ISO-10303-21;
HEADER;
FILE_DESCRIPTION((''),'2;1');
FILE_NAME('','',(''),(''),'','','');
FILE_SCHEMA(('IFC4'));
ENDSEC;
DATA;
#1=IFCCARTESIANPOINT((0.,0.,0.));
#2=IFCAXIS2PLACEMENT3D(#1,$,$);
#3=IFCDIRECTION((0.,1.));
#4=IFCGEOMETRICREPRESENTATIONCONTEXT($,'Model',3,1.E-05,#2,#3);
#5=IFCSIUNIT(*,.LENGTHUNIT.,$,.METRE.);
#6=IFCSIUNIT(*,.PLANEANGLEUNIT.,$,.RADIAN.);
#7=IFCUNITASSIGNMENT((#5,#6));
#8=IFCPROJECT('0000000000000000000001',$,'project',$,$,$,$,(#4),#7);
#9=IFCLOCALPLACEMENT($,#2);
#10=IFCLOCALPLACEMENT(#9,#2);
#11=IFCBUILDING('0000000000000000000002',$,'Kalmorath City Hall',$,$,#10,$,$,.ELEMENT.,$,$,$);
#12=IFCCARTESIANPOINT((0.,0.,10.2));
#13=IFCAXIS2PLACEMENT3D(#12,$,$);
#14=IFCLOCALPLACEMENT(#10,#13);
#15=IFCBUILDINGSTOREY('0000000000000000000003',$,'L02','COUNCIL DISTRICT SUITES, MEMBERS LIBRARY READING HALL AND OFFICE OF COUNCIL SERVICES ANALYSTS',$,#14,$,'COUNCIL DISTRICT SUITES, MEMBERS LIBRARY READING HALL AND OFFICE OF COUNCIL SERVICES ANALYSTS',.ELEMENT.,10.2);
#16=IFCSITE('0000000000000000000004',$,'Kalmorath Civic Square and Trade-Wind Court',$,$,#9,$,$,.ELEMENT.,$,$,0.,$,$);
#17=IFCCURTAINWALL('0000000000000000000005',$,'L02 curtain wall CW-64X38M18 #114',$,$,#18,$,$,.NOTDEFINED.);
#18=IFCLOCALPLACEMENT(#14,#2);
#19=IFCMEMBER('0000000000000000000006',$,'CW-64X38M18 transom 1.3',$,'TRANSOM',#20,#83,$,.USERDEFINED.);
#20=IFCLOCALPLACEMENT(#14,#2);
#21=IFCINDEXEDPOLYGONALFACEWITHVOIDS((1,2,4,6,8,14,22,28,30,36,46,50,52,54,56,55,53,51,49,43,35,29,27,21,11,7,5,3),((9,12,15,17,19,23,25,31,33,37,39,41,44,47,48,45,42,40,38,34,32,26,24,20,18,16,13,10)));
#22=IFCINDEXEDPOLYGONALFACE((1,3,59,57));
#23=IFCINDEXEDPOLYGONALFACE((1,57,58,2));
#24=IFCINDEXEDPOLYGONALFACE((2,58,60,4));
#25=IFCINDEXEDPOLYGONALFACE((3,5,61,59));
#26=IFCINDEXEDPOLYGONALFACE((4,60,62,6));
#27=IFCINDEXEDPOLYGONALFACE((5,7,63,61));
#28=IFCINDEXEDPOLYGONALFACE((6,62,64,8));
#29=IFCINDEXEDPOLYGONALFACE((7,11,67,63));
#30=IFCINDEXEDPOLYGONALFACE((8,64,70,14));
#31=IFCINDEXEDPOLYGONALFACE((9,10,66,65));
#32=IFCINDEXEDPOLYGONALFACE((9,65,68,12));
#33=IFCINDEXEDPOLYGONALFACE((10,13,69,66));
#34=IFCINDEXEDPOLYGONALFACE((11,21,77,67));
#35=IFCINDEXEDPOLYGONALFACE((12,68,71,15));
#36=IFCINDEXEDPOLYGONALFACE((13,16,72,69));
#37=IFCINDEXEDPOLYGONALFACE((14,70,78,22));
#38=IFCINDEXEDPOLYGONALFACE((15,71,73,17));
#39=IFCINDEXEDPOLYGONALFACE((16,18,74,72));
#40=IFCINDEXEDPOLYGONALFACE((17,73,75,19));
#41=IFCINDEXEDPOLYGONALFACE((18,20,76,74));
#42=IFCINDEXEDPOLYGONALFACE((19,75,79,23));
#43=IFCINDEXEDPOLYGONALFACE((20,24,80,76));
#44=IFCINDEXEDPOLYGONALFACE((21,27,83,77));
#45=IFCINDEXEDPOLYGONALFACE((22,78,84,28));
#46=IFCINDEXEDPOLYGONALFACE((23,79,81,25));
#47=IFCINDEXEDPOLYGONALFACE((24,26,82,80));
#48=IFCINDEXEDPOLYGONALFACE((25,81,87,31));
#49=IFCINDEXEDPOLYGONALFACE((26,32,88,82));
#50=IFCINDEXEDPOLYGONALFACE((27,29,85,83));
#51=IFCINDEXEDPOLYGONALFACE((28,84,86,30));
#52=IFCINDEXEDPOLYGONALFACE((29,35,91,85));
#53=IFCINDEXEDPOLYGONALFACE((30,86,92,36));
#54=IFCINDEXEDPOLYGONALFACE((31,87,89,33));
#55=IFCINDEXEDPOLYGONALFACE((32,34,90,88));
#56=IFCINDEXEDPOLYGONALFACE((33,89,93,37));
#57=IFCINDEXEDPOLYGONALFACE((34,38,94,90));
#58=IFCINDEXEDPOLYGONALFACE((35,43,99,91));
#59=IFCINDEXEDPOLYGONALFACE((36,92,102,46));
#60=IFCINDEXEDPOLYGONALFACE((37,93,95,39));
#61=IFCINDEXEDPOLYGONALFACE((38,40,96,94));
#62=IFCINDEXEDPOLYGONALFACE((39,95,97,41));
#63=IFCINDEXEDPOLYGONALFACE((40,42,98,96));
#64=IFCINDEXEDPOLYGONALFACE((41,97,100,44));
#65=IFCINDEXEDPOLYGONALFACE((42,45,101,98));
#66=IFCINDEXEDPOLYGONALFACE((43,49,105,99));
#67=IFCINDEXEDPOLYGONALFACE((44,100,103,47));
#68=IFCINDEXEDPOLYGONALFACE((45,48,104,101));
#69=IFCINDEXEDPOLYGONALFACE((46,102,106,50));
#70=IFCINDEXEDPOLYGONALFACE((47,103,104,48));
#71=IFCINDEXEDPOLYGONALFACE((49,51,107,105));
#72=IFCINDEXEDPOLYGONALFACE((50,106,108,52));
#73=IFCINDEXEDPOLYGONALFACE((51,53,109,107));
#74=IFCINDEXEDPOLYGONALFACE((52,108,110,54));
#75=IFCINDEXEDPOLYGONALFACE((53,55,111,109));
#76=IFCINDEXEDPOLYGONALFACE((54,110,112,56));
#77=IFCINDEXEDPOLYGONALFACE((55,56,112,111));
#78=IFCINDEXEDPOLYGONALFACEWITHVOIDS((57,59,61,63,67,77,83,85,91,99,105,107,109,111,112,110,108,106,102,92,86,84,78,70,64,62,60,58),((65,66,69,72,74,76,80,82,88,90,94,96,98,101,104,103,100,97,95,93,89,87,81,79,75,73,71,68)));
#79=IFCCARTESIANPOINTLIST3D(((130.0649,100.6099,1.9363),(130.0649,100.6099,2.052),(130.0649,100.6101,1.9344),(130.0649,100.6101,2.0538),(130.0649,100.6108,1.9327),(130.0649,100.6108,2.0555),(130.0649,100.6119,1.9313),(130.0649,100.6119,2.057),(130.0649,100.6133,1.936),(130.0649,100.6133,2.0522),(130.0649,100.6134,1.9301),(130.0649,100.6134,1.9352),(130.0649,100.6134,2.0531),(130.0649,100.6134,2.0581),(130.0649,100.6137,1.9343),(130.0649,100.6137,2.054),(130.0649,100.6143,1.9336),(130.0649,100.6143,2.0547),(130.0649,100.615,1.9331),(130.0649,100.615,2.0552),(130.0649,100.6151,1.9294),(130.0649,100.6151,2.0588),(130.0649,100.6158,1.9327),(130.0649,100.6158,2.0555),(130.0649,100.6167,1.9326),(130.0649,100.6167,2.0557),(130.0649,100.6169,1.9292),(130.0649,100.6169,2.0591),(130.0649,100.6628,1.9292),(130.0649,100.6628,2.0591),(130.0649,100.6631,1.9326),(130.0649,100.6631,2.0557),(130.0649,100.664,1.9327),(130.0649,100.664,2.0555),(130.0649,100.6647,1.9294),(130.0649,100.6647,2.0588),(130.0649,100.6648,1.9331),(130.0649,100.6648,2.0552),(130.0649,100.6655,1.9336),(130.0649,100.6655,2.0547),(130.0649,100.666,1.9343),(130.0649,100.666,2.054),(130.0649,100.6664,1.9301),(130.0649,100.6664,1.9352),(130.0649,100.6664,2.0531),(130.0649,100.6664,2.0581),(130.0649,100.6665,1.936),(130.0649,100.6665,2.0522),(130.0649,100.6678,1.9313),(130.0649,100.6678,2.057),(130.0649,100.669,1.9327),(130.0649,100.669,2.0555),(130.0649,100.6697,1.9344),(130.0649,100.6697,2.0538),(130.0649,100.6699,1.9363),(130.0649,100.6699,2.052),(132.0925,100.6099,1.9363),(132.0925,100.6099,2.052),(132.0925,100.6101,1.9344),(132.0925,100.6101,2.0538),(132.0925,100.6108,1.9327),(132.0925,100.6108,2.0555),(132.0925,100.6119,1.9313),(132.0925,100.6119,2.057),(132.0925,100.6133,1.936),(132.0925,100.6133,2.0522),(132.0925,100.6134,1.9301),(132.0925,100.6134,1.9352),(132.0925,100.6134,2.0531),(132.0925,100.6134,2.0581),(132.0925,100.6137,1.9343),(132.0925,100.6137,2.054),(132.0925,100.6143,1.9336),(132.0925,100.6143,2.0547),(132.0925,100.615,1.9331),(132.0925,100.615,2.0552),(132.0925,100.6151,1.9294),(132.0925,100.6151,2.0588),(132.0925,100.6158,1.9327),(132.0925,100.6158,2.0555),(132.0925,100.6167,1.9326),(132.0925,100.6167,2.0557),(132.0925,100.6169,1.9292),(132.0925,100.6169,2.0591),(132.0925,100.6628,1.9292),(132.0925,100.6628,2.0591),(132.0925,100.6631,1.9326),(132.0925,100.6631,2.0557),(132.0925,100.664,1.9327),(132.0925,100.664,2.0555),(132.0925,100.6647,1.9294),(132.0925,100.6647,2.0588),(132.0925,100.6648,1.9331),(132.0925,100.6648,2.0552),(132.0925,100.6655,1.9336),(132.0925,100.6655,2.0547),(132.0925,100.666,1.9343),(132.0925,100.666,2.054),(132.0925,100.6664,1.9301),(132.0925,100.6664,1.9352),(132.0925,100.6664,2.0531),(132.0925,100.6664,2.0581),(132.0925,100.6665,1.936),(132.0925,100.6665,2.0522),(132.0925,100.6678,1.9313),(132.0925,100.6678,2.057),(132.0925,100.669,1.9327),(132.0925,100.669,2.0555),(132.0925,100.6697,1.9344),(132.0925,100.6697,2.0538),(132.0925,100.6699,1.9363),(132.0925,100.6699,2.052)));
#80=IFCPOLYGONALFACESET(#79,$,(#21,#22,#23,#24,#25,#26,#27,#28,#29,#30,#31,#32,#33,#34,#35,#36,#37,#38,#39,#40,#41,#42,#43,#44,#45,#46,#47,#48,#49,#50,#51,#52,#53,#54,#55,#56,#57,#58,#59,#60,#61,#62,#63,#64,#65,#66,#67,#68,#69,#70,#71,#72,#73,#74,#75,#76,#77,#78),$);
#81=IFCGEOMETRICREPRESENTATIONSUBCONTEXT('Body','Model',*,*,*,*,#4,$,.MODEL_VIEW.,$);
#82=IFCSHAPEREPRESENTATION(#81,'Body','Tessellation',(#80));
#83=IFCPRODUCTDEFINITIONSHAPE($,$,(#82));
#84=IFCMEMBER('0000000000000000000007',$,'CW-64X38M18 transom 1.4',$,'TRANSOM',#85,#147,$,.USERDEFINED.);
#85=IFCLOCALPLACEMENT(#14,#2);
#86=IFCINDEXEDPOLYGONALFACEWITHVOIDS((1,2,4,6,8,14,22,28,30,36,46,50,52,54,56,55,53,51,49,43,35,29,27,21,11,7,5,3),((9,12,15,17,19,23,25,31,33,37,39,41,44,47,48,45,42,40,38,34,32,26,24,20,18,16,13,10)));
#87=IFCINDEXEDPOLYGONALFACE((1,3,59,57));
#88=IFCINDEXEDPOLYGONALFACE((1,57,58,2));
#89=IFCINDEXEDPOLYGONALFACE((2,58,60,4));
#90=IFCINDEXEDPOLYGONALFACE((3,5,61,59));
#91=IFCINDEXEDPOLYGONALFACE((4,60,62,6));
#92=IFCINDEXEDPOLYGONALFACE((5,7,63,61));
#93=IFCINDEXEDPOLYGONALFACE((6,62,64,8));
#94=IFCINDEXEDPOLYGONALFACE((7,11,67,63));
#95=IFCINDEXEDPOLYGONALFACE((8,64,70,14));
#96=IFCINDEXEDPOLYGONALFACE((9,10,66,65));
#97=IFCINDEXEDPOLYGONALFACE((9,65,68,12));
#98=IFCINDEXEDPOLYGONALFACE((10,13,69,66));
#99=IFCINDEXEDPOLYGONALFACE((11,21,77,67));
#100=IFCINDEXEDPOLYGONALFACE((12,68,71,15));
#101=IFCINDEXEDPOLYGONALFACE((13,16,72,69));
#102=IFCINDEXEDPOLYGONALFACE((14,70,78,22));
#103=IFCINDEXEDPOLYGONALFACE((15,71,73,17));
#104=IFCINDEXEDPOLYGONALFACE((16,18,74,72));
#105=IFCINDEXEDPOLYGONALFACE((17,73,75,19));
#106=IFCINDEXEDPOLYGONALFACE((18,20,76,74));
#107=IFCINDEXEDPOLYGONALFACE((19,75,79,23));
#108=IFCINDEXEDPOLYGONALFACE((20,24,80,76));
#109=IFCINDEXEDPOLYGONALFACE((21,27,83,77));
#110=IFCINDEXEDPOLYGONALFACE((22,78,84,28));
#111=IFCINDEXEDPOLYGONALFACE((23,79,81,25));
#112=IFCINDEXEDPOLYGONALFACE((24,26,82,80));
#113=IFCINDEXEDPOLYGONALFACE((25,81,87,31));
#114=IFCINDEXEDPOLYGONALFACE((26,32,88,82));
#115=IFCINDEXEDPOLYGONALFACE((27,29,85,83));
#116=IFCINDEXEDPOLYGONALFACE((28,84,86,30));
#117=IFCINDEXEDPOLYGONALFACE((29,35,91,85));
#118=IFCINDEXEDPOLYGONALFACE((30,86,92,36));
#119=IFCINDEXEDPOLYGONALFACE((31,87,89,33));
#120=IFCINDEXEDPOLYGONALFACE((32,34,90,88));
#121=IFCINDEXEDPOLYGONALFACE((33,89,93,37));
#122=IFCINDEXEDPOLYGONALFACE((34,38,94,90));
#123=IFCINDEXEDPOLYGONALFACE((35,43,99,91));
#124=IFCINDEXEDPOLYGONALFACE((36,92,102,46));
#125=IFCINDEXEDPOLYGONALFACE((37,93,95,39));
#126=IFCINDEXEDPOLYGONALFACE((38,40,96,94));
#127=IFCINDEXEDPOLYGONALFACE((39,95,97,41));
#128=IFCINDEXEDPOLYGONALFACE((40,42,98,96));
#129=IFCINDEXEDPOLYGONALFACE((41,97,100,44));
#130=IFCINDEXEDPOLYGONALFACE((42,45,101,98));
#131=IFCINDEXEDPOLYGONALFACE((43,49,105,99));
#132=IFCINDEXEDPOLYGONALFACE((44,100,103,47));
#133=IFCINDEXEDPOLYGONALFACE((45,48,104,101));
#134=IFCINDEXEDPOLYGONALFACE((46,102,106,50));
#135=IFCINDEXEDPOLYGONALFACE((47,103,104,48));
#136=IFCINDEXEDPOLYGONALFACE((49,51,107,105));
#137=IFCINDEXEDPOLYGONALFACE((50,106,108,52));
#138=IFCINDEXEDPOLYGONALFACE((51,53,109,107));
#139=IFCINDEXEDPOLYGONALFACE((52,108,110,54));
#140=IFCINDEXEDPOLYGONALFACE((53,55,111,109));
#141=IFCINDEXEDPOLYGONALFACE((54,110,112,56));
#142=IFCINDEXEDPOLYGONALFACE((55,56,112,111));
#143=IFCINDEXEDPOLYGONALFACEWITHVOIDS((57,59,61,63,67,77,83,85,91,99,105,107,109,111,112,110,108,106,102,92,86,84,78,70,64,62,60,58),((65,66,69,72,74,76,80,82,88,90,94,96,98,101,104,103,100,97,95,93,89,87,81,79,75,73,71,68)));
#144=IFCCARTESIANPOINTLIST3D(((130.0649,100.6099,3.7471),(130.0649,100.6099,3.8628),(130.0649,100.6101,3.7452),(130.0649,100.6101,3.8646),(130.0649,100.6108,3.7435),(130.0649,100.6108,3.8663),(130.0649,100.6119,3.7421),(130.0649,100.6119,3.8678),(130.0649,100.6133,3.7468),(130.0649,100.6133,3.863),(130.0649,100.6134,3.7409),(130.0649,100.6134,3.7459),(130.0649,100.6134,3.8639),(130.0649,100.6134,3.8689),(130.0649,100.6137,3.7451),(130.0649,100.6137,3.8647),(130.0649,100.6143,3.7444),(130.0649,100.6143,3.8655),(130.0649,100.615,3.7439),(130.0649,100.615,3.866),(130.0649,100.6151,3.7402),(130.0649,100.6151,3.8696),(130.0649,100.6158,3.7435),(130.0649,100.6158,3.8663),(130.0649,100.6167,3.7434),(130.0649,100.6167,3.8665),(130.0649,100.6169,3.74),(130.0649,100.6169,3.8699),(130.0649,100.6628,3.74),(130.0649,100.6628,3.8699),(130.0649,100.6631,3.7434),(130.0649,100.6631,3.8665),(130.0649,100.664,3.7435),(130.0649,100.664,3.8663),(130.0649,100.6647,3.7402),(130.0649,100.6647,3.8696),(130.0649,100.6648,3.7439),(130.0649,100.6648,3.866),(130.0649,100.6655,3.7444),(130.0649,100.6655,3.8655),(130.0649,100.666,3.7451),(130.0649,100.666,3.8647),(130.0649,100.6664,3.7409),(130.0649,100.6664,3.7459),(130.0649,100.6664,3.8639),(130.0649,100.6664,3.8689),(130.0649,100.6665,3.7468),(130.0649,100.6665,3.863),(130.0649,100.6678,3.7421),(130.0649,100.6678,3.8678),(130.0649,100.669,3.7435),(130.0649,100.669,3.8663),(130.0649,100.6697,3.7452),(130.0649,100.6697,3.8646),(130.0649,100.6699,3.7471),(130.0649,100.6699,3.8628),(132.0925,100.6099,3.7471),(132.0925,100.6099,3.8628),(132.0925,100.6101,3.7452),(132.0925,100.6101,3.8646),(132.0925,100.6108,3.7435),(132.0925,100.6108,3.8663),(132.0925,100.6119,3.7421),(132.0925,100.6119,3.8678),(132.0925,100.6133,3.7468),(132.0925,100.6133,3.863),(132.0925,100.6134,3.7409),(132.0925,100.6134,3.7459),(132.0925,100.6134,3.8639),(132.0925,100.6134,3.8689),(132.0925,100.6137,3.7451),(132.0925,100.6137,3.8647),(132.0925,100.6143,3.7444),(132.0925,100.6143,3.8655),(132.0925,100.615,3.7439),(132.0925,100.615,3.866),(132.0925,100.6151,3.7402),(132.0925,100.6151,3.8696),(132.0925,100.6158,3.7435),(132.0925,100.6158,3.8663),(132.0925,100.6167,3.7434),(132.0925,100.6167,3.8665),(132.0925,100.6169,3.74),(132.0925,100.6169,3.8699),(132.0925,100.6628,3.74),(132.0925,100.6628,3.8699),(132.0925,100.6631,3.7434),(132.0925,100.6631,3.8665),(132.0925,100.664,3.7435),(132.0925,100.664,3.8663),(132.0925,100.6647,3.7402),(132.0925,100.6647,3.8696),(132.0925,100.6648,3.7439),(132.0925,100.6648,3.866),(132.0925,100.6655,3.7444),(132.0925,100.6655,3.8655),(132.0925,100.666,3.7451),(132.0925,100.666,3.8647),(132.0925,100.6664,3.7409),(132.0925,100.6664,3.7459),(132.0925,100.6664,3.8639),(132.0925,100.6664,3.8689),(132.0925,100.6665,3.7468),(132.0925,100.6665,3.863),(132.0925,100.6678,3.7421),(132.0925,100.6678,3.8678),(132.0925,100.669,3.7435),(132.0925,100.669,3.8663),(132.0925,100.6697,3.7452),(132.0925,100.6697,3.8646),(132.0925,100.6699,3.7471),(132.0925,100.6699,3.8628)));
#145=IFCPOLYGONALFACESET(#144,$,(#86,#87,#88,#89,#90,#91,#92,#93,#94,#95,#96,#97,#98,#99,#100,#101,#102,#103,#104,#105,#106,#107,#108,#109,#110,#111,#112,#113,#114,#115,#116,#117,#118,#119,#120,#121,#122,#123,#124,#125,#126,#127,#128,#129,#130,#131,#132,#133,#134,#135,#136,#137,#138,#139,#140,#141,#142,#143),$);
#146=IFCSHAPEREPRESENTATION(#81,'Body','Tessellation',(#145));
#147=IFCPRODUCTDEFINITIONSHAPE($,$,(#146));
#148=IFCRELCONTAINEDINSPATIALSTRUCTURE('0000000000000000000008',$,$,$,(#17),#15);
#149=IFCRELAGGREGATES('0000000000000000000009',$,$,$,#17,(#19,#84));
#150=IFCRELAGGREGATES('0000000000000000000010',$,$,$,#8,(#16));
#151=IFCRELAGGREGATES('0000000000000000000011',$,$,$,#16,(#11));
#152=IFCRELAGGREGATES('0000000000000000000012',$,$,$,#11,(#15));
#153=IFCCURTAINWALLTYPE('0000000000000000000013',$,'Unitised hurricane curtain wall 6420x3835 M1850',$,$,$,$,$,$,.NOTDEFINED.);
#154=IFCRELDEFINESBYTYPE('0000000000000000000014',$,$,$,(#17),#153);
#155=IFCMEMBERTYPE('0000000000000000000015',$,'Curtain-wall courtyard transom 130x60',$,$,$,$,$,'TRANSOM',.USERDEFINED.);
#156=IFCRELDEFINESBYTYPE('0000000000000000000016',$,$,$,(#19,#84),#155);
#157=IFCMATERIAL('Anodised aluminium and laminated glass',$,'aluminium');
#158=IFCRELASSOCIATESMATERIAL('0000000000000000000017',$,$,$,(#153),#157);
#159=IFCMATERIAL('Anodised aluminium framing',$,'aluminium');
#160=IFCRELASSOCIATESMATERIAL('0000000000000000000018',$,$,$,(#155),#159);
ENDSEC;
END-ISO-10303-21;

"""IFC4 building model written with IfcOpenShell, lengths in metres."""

from ifc_helpers import new_model, si_unit, direction, frame, origin, origin_2d, place, context, subcontext, project, spatial, hollow_rectangle, extrude, material, material_profile, profile_set, type_object, element, aggregate, save


model = new_model("IFC4")

# Units and contexts
model_context = context("Model", 3, precision=1e-05, world=origin(), true_north=direction((0.0, 1.0)))
body_context = subcontext(model_context, "Body", "Model", "MODEL_VIEW")
ifc_project = project(units=[si_unit("LENGTHUNIT", "METRE"), si_unit("PLANEANGLEUNIT", "RADIAN")], contexts=[model_context])

# Site, building, storey
site_placement = place(None, origin())
site = spatial("IfcSite", under=ifc_project, at=site_placement, Name="Kalmorath Civic Square and Trade-Wind Court", CompositionType="ELEMENT", RefElevation=0.0)
building_placement = place(site_placement, origin())
building = spatial("IfcBuilding", under=site, at=building_placement, Name="Kalmorath City Hall", CompositionType="ELEMENT")
storey_placement = place(building_placement, frame((0.0, 0.0, 10.2)))
storey = spatial("IfcBuildingStorey", under=building, at=storey_placement, Name="L02", Description="COUNCIL DISTRICT SUITES, MEMBERS LIBRARY READING HALL AND OFFICE OF COUNCIL SERVICES ANALYSTS", LongName="COUNCIL DISTRICT SUITES, MEMBERS LIBRARY READING HALL AND OFFICE OF COUNCIL SERVICES ANALYSTS", CompositionType="ELEMENT", Elevation=10.2)

# Curtain wall, members
ifc_material_1 = material(Name="Anodised aluminium and laminated glass", Category="aluminium")
curtain_wall_type = type_object("IfcCurtainWallType", Name="Unitised hurricane curtain wall 6420x3835 M1850", PredefinedType="NOTDEFINED", material=ifc_material_1)
curtain_wall_placement = place(storey_placement, origin())
curtain_wall = element("IfcCurtainWall", 1, at=curtain_wall_placement, inside=storey, type_object=curtain_wall_type, Name="L02 curtain wall CW-64X38M18 #114", PredefinedType="NOTDEFINED")
ifc_material_2 = material(Name="Anodised aluminium framing", Category="aluminium")
ifc_material_profile_1 = material_profile(ifc_material_2, hollow_rectangle(XDim=0.0601, YDim=0.1299, WallThickness=0.0034, InnerFilletRadius=0.0034, OuterFilletRadius=0.0071, at=origin_2d()), Name="ALU-TRN-130X60X3.5")
ifc_profile_set_1 = profile_set([ifc_material_profile_1], Name="Anodised aluminium framing")
member_type_1 = type_object("IfcMemberType", Name="Curtain-wall courtyard transom 130x60", ElementType="TRANSOM", PredefinedType="USERDEFINED", material=ifc_profile_set_1)
member_1_placement = place(storey_placement, frame((130.0649, 100.6399, 1.9941), z_axis=(1.0, 0.0, 0.0), x_axis=(0.0, 1.0, 0.0)))
member_1 = element("IfcMember", 2, at=member_1_placement, type_object=member_type_1, Name="CW-64X38M18 transom 1.3", ObjectType="TRANSOM", PredefinedType="USERDEFINED", context=body_context, shape_type="SweptSolid", body=[
    extrude(hollow_rectangle(XDim=0.0601, YDim=0.1299, WallThickness=0.0034, InnerFilletRadius=0.0034, OuterFilletRadius=0.0071, at=origin_2d()), origin(), (0.0, 0.0, 1.0), 2.0276),
])
member_2_placement = place(storey_placement, frame((130.0649, 100.6399, 3.8049), z_axis=(1.0, 0.0, 0.0), x_axis=(0.0, 1.0, 0.0)))
member_2 = element("IfcMember", 3, at=member_2_placement, type_object=member_type_1, Name="CW-64X38M18 transom 1.4", ObjectType="TRANSOM", PredefinedType="USERDEFINED", context=body_context, shape_type="SweptSolid", body=[
    extrude(hollow_rectangle(XDim=0.0601, YDim=0.1299, WallThickness=0.0034, InnerFilletRadius=0.0034, OuterFilletRadius=0.0071, at=origin_2d()), origin(), (0.0, 0.0, 1.0), 2.0276),
])

aggregate(curtain_wall, [member_1, member_2])

save(model, "model.ifc")
